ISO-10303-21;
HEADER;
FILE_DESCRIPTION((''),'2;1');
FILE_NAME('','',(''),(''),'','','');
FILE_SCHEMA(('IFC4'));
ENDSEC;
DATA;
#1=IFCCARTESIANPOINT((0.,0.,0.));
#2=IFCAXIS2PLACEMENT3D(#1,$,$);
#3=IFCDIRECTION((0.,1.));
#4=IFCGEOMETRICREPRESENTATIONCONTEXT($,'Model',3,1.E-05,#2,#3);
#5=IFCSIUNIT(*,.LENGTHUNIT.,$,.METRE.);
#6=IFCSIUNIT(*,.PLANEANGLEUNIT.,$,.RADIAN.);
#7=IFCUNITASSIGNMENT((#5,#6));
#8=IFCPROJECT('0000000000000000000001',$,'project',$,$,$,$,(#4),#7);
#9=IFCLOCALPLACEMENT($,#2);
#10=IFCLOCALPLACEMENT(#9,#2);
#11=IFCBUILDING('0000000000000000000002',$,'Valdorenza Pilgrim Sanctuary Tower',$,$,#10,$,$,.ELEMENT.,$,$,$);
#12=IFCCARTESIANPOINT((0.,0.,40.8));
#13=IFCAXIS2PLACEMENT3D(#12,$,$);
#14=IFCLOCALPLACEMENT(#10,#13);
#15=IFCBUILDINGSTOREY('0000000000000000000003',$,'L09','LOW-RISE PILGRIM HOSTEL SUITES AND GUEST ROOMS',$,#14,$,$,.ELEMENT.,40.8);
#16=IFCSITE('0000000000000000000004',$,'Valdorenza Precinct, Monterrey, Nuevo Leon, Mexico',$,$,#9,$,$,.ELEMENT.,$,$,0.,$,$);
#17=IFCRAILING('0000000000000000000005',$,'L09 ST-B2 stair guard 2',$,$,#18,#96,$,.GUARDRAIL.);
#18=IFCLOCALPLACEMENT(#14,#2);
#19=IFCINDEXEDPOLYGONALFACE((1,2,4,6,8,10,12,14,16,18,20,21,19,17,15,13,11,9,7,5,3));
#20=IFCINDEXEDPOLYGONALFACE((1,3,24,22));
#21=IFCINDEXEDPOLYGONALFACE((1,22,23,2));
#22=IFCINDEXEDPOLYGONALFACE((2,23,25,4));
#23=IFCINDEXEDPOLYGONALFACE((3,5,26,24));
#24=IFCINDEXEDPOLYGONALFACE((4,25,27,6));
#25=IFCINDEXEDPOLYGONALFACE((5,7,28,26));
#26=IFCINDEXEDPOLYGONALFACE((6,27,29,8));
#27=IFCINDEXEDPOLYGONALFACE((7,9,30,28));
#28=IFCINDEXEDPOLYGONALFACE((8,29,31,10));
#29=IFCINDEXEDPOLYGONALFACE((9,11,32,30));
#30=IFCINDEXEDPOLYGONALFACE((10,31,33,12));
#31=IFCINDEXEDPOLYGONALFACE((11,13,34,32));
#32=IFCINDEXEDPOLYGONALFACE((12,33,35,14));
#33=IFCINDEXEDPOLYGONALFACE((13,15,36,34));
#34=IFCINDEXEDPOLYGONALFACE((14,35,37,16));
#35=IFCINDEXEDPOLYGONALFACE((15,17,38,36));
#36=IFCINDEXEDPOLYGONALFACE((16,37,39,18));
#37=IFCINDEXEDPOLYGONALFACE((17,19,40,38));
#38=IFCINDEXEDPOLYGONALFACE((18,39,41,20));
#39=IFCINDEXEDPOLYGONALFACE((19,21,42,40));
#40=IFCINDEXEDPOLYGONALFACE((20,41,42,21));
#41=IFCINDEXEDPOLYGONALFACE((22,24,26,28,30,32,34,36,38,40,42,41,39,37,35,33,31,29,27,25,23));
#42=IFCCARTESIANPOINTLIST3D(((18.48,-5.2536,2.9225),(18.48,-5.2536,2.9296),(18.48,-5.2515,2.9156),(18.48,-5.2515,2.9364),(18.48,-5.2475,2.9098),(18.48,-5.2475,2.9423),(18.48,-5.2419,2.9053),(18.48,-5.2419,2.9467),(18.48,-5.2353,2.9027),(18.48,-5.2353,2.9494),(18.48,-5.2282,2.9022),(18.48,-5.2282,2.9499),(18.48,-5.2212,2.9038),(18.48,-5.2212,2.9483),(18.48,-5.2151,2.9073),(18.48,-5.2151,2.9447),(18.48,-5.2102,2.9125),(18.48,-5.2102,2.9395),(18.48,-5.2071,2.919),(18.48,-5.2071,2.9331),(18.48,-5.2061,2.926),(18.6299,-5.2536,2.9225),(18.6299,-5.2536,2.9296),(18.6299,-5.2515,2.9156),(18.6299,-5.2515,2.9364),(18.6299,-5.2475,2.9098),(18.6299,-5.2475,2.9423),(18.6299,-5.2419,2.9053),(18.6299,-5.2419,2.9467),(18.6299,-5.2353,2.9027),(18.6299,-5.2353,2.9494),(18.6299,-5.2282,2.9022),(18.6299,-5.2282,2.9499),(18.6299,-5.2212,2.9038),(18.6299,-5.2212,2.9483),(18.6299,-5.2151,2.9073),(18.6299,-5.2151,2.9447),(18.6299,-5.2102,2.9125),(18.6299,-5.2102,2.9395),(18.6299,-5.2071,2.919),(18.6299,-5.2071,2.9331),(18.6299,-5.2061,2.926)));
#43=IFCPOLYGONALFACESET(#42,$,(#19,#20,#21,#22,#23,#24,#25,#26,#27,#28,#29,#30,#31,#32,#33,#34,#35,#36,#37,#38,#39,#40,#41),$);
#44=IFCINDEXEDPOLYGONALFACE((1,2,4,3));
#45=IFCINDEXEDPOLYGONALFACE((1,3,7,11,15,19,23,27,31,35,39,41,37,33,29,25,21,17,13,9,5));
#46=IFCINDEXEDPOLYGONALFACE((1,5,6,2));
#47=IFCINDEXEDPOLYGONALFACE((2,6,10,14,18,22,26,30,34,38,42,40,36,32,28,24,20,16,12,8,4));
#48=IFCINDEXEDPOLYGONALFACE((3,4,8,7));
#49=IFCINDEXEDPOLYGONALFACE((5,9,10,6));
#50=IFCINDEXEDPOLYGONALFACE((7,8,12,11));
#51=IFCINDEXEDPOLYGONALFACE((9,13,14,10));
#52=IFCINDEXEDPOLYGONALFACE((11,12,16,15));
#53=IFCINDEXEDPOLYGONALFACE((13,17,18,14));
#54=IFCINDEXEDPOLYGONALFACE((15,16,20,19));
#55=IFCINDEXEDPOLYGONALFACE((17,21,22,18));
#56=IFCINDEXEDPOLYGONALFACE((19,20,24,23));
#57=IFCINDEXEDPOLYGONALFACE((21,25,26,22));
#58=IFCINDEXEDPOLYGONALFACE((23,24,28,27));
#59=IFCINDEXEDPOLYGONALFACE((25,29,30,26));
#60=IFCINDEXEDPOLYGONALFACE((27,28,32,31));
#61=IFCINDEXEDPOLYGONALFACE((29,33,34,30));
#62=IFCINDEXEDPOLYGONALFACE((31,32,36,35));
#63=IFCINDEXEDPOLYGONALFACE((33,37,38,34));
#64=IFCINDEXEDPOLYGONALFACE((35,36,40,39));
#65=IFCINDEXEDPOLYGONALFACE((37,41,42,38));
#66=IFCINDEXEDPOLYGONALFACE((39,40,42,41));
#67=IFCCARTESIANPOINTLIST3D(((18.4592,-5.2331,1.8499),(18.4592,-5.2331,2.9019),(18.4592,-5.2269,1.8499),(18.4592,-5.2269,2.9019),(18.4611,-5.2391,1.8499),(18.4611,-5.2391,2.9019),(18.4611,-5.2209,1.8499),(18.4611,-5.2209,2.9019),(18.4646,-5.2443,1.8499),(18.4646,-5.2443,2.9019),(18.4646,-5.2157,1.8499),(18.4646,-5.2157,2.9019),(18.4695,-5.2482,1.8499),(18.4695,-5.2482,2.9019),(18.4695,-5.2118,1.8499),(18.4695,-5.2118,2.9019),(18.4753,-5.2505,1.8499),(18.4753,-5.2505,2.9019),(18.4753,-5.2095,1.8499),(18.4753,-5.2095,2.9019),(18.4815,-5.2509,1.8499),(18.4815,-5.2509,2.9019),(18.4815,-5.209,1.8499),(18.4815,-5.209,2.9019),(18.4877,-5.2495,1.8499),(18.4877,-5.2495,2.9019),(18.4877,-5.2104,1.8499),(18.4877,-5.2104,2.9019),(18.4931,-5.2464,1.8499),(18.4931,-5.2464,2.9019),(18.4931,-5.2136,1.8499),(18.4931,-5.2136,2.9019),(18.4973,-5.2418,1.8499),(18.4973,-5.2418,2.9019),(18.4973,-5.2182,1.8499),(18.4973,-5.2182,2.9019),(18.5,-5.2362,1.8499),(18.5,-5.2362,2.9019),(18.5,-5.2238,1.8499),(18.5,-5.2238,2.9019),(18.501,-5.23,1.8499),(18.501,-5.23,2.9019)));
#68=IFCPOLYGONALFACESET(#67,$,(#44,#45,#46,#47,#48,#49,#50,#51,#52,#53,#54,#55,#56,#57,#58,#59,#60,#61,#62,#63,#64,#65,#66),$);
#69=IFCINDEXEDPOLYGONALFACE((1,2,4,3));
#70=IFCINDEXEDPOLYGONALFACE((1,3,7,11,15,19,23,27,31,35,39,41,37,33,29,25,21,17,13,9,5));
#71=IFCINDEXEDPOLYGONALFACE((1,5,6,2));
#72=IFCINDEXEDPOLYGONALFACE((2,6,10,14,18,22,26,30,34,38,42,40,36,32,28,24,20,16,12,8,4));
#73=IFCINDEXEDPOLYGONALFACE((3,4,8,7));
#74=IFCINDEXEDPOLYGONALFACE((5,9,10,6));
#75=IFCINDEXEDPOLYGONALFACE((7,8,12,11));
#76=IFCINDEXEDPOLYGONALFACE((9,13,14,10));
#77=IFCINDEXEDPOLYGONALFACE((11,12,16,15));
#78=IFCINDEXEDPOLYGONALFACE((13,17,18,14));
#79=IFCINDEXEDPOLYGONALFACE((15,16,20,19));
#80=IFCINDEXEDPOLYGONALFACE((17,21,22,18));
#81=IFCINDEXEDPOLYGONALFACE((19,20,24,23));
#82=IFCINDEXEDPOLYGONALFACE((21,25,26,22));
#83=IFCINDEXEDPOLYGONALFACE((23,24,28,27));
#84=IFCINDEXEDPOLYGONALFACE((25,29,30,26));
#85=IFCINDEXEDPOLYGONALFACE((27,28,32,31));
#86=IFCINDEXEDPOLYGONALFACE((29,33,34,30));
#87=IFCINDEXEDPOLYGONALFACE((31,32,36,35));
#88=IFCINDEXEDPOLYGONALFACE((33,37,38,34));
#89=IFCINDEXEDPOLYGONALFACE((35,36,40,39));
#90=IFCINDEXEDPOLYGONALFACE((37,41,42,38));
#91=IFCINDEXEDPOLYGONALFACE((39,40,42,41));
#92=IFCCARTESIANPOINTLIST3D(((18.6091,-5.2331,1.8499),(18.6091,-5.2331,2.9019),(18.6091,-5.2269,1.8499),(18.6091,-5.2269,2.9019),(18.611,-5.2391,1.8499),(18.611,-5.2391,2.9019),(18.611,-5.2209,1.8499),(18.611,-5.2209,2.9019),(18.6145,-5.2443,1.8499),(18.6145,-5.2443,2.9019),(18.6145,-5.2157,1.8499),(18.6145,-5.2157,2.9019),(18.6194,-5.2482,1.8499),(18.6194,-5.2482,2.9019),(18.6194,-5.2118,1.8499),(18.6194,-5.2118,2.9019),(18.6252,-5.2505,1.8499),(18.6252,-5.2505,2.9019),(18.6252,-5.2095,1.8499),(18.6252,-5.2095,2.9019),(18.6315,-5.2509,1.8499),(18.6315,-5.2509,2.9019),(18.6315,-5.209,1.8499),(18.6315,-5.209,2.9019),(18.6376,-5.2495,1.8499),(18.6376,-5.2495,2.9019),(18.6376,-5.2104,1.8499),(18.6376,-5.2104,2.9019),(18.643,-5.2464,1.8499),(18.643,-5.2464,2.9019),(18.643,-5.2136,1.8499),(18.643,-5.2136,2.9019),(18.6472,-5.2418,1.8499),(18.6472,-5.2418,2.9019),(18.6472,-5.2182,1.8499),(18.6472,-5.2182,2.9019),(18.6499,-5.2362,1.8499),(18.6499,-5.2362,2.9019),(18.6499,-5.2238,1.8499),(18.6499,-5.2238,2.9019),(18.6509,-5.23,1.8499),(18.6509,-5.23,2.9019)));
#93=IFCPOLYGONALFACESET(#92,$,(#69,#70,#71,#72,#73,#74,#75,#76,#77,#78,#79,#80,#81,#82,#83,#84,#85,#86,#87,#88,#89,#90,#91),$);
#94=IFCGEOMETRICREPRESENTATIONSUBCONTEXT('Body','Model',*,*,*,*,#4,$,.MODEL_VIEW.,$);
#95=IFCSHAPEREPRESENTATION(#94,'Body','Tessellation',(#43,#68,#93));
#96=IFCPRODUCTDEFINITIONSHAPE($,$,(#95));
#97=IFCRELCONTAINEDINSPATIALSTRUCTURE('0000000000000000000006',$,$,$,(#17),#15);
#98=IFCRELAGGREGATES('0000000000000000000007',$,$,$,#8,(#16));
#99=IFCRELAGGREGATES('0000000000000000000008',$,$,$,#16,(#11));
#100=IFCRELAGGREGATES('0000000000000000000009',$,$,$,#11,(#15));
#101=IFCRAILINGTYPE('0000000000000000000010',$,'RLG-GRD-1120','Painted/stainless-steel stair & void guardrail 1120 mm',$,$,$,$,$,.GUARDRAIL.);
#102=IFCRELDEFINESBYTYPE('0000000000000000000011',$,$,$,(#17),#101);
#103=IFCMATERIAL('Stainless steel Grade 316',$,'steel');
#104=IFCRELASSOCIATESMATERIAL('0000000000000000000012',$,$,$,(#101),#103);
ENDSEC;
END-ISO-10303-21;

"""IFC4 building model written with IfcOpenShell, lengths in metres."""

from ifc_helpers import new_model, si_unit, direction, frame, origin, origin_2d, place, context, subcontext, project, spatial, circle, extrude, material, type_object, element, save


model = new_model("IFC4")

# Units and contexts
model_context = context("Model", 3, precision=1e-05, world=origin(), true_north=direction((0.0, 1.0)))
body_context = subcontext(model_context, "Body", "Model", "MODEL_VIEW")
ifc_project = project(units=[si_unit("LENGTHUNIT", "METRE"), si_unit("PLANEANGLEUNIT", "RADIAN")], contexts=[model_context])

# Site, building, storey
site_placement = place(None, origin())
site = spatial("IfcSite", under=ifc_project, at=site_placement, Name="Valdorenza Precinct, Monterrey, Nuevo Leon, Mexico", CompositionType="ELEMENT", RefElevation=0.0)
building_placement = place(site_placement, origin())
building = spatial("IfcBuilding", under=site, at=building_placement, Name="Valdorenza Pilgrim Sanctuary Tower", CompositionType="ELEMENT")
storey_placement = place(building_placement, frame((0.0, 0.0, 40.8)))
storey = spatial("IfcBuildingStorey", under=building, at=storey_placement, Name="L09", Description="LOW-RISE PILGRIM HOSTEL SUITES AND GUEST ROOMS", CompositionType="ELEMENT", Elevation=40.8)

# Railing
ifc_material_1 = material(Name="Stainless steel Grade 316", Category="steel")
railing_type_1 = type_object("IfcRailingType", Name="RLG-GRD-1120", Description="Painted/stainless-steel stair & void guardrail 1120 mm", PredefinedType="GUARDRAIL", material=ifc_material_1)
railing_1_placement = place(storey_placement, frame((18.48, -5.23, 1.8499)))
element("IfcRailing", 1, at=railing_1_placement, inside=storey, type_object=railing_type_1, Name="L09 ST-B2 stair guard 2", PredefinedType="GUARDRAIL", context=body_context, shape_type="SweptSolid", body=[
    extrude(circle(Radius=0.0239, at=origin_2d()), frame((0.0, 0.0, 1.0762), z_axis=(1.0, 0.0, 0.0), x_axis=(0.0, 1.0, 0.0)), (0.0, 0.0, 1.0), 0.1499),
    extrude(circle(Radius=0.021, at=origin_2d()), origin(), (0.0, 0.0, 1.0), 1.052),
    extrude(circle(Radius=0.021, at=origin_2d()), frame((0.1499, 0.0, 0.0)), (0.0, 0.0, 1.0), 1.052),
])

save(model, "model.ifc")
